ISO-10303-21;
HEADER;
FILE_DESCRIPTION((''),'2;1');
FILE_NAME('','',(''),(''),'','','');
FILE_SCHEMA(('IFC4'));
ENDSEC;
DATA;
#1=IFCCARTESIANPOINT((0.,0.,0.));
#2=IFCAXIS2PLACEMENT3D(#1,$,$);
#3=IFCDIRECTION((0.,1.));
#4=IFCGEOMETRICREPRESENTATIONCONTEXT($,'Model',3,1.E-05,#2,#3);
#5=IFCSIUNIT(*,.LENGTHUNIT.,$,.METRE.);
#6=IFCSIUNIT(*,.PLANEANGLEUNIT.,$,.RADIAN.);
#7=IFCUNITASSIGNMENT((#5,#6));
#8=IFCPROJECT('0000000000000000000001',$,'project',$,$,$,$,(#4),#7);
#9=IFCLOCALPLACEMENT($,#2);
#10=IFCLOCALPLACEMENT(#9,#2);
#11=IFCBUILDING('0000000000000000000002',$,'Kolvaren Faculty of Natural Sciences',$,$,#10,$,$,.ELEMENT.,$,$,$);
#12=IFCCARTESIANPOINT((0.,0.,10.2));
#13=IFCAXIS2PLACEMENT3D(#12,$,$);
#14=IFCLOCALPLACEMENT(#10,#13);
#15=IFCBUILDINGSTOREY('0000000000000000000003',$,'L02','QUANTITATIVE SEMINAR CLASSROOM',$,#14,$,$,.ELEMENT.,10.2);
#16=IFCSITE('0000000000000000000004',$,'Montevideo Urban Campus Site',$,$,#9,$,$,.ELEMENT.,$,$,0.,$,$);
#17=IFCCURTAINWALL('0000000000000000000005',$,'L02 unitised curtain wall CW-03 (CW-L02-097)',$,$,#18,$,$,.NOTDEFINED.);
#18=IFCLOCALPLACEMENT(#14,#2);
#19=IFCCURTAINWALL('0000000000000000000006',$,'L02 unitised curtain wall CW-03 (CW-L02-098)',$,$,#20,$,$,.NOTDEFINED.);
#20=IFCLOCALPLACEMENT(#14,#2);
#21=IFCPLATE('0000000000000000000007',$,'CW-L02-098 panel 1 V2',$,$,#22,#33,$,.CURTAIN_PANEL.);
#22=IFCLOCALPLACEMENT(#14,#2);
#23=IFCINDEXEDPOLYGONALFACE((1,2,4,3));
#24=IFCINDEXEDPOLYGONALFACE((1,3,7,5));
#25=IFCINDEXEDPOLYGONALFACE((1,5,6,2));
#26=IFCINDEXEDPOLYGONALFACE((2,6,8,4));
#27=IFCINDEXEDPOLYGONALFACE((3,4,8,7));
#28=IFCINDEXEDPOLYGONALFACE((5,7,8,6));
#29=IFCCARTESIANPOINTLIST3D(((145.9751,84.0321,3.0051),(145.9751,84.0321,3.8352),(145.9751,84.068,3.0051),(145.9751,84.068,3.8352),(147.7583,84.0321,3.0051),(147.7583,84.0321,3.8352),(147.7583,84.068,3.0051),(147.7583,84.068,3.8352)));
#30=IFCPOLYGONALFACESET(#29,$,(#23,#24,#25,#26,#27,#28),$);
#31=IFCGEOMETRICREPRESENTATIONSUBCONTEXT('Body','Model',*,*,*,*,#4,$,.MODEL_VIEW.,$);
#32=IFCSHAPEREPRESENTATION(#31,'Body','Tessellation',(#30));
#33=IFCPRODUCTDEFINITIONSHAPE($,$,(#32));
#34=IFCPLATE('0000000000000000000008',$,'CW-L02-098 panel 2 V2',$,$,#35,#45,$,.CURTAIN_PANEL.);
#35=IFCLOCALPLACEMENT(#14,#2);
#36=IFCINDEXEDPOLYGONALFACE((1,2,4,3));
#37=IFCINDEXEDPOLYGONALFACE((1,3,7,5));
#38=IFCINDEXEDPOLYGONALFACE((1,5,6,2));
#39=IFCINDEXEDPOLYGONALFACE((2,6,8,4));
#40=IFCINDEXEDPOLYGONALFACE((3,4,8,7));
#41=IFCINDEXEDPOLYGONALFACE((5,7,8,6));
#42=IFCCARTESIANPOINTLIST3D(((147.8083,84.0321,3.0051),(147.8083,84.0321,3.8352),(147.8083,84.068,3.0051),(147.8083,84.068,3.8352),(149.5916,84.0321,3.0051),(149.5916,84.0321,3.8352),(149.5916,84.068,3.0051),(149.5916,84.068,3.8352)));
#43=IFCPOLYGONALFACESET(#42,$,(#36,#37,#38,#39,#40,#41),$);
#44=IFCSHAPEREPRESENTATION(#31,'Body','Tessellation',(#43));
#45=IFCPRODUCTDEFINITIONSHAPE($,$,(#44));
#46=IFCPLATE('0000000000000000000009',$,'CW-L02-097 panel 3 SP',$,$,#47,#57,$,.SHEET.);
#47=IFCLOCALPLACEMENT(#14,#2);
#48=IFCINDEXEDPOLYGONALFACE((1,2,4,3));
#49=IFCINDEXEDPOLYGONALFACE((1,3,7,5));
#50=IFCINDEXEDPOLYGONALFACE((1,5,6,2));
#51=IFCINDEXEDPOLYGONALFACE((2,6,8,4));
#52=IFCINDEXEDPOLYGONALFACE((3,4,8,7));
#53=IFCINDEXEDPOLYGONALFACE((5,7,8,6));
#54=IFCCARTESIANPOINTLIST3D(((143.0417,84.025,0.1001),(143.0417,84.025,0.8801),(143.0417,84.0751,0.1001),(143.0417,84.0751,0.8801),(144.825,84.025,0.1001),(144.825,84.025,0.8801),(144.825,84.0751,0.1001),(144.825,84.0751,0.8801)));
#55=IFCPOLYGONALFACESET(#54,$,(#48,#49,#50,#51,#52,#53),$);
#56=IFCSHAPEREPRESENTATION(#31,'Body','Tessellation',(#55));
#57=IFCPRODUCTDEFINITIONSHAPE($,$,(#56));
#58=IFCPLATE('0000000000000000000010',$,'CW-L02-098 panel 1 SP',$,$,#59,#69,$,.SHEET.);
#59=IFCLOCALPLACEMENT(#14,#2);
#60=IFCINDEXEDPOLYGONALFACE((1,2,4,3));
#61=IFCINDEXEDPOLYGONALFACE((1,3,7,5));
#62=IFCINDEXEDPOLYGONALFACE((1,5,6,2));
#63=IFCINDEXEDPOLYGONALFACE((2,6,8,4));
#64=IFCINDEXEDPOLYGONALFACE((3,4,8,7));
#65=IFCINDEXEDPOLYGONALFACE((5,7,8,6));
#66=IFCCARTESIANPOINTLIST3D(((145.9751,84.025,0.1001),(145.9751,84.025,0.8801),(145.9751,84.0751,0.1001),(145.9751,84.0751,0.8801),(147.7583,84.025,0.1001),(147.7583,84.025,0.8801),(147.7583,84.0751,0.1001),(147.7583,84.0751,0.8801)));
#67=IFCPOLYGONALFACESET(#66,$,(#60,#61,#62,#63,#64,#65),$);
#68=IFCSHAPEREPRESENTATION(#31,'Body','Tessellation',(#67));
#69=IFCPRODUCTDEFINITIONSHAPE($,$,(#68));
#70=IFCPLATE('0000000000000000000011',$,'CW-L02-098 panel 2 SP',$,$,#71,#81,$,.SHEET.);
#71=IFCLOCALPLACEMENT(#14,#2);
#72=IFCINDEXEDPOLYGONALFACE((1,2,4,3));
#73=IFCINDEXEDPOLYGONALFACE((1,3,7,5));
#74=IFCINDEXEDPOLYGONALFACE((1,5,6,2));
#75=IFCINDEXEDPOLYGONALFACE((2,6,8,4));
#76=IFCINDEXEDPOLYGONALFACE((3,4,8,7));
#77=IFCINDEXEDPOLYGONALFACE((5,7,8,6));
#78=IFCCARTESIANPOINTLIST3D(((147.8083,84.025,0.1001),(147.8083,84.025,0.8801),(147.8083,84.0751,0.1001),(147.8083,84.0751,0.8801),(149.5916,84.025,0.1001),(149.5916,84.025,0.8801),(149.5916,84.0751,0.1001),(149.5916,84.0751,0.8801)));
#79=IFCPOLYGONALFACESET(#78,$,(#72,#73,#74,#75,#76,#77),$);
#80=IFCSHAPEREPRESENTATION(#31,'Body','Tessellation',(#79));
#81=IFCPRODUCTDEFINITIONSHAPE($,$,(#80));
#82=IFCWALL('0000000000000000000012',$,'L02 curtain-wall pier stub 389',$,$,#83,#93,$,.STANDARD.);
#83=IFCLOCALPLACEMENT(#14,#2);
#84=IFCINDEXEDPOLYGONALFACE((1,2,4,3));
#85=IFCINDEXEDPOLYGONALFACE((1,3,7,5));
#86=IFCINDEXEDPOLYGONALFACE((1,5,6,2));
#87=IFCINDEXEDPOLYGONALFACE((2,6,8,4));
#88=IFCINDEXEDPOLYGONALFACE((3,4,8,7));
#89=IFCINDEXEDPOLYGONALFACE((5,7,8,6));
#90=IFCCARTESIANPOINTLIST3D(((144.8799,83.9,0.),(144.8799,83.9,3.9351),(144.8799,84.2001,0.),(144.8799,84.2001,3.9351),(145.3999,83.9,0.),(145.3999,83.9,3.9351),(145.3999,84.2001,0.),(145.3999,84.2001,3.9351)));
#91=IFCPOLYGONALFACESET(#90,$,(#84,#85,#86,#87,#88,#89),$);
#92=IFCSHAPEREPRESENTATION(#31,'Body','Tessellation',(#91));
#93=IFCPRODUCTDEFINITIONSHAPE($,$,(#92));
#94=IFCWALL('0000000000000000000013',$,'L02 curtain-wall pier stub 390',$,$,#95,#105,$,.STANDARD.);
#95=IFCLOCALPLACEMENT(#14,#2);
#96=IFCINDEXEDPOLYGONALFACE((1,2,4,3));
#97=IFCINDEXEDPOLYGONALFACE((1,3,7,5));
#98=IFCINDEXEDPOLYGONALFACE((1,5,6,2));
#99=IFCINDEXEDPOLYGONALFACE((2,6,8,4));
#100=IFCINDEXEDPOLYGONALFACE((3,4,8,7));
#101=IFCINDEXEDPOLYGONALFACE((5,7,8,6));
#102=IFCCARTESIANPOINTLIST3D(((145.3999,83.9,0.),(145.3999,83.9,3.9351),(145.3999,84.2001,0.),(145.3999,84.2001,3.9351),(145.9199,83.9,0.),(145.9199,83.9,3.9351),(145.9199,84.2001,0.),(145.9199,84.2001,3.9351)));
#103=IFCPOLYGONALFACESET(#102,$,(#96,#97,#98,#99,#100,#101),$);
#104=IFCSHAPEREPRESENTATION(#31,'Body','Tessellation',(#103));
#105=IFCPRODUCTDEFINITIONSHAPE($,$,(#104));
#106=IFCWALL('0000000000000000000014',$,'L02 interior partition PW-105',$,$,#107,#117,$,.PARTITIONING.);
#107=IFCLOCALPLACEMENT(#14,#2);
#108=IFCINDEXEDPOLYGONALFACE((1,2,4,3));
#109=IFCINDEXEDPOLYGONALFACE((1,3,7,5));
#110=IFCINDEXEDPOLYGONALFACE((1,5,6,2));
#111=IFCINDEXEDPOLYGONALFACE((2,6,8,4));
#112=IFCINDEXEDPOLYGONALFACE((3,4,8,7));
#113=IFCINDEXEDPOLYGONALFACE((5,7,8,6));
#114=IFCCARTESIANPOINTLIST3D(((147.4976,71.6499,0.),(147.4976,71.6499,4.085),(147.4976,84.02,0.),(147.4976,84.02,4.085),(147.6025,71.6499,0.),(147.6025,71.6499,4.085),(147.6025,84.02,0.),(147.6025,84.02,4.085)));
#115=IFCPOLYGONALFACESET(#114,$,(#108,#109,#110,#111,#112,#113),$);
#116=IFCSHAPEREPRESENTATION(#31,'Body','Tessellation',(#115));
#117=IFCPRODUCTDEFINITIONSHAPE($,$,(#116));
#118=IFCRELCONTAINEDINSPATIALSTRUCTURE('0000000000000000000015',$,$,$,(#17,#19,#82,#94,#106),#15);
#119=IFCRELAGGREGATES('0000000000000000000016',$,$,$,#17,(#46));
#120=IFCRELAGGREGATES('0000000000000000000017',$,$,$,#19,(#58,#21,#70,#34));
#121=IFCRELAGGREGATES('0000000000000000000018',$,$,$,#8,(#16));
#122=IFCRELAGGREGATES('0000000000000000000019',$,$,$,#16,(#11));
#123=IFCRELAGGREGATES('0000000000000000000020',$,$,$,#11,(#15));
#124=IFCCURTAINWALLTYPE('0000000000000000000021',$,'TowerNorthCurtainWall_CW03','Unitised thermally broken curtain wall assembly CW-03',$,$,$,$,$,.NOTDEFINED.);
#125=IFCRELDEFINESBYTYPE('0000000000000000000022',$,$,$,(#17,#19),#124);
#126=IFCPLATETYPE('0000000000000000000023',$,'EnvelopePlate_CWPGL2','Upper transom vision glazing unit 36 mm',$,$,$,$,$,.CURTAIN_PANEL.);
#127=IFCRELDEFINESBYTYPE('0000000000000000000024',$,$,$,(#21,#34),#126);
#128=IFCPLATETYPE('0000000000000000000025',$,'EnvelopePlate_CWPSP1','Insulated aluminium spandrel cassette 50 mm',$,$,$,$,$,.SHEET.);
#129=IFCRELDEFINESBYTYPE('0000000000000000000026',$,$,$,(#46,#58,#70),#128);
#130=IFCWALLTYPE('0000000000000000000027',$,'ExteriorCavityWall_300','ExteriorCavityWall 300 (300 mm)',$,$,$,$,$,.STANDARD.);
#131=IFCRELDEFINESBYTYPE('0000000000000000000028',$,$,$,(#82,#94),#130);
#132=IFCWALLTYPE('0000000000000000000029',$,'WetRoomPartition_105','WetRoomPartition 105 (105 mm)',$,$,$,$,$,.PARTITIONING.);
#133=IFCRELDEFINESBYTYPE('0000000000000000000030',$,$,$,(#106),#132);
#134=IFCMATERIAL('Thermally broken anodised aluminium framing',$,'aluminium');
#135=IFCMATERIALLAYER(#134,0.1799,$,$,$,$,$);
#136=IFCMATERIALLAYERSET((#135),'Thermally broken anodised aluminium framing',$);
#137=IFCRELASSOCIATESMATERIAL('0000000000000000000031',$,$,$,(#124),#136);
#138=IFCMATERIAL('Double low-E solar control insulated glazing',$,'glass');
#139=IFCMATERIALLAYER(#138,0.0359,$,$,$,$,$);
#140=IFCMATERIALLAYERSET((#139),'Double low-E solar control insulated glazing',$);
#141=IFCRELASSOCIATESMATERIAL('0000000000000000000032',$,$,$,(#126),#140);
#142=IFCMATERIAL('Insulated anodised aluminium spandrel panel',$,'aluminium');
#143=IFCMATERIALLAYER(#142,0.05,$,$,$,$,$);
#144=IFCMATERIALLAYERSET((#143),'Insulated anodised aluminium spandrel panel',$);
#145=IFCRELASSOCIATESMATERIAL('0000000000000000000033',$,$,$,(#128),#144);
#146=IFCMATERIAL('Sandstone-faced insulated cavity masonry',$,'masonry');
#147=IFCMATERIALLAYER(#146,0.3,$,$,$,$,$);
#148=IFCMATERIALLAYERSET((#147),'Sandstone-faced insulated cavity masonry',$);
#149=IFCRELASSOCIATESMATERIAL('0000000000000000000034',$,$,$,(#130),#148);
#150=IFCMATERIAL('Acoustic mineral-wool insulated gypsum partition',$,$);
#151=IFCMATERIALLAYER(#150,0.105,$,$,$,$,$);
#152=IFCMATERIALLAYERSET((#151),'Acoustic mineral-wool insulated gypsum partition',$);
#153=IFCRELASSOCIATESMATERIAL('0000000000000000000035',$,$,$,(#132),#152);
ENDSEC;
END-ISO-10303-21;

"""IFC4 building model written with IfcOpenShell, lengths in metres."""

from ifc_helpers import new_model, si_unit, direction, frame, frame_2d, origin, origin_2d, place, context, subcontext, project, spatial, rectangle, extrude, material, layer, layer_set, type_object, element, aggregate, save


model = new_model("IFC4")

# Units and contexts
model_context = context("Model", 3, precision=1e-05, world=origin(), true_north=direction((0.0, 1.0)))
body_context = subcontext(model_context, "Body", "Model", "MODEL_VIEW")
ifc_project = project(units=[si_unit("LENGTHUNIT", "METRE"), si_unit("PLANEANGLEUNIT", "RADIAN")], contexts=[model_context])

# Site, building, storey
site_placement = place(None, origin())
site = spatial("IfcSite", under=ifc_project, at=site_placement, Name="Montevideo Urban Campus Site", CompositionType="ELEMENT", RefElevation=0.0)
building_placement = place(site_placement, origin())
building = spatial("IfcBuilding", under=site, at=building_placement, Name="Kolvaren Faculty of Natural Sciences", CompositionType="ELEMENT")
storey_placement = place(building_placement, frame((0.0, 0.0, 10.2)))
storey = spatial("IfcBuildingStorey", under=building, at=storey_placement, Name="L02", Description="QUANTITATIVE SEMINAR CLASSROOM", CompositionType="ELEMENT", Elevation=10.2)

# Curtain walls
ifc_material_1 = material(Name="Thermally broken anodised aluminium framing", Category="aluminium")
ifc_layer_1 = layer(ifc_material_1, 0.1799)
ifc_layer_set_1 = layer_set([ifc_layer_1], Name="Thermally broken anodised aluminium framing")
curtain_wall_type = type_object("IfcCurtainWallType", Name="TowerNorthCurtainWall_CW03", Description="Unitised thermally broken curtain wall assembly CW-03", PredefinedType="NOTDEFINED", material=ifc_layer_set_1)
curtain_wall_1_placement = place(storey_placement, origin())
curtain_wall_1 = element("IfcCurtainWall", 1, at=curtain_wall_1_placement, inside=storey, type_object=curtain_wall_type, Name="L02 unitised curtain wall CW-03 (CW-L02-097)", PredefinedType="NOTDEFINED")
curtain_wall_2_placement = place(storey_placement, origin())
curtain_wall_2 = element("IfcCurtainWall", 2, at=curtain_wall_2_placement, inside=storey, type_object=curtain_wall_type, Name="L02 unitised curtain wall CW-03 (CW-L02-098)", PredefinedType="NOTDEFINED")

# Plates
ifc_material_2 = material(Name="Double low-E solar control insulated glazing", Category="glass")
ifc_layer_2 = layer(ifc_material_2, 0.0359)
ifc_layer_set_2 = layer_set([ifc_layer_2], Name="Double low-E solar control insulated glazing")
plate_type_1 = type_object("IfcPlateType", Name="EnvelopePlate_CWPGL2", Description="Upper transom vision glazing unit 36 mm", PredefinedType="CURTAIN_PANEL", material=ifc_layer_set_2)
plate_1_placement = place(storey_placement, frame((146.8667, 84.05, 3.0051), z_axis=(0.0, 0.0, 1.0), x_axis=(1.0, 0.0, 0.0)))
plate_1 = element("IfcPlate", 3, at=plate_1_placement, type_object=plate_type_1, Name="CW-L02-098 panel 1 V2", PredefinedType="CURTAIN_PANEL", context=body_context, shape_type="SweptSolid", body=[
    extrude(rectangle(XDim=1.7832, YDim=0.0359, at=origin_2d()), origin(), (0.0, 0.0, 1.0), 0.8301),
])
plate_2_placement = place(storey_placement, frame((148.7, 84.05, 3.0051), z_axis=(0.0, 0.0, 1.0), x_axis=(1.0, 0.0, 0.0)))
plate_2 = element("IfcPlate", 4, at=plate_2_placement, type_object=plate_type_1, Name="CW-L02-098 panel 2 V2", PredefinedType="CURTAIN_PANEL", context=body_context, shape_type="SweptSolid", body=[
    extrude(rectangle(XDim=1.7832, YDim=0.0359, at=origin_2d()), origin(), (0.0, 0.0, 1.0), 0.8301),
])
ifc_material_3 = material(Name="Insulated anodised aluminium spandrel panel", Category="aluminium")
ifc_layer_3 = layer(ifc_material_3, 0.05)
ifc_layer_set_3 = layer_set([ifc_layer_3], Name="Insulated anodised aluminium spandrel panel")
plate_type_2 = type_object("IfcPlateType", Name="EnvelopePlate_CWPSP1", Description="Insulated aluminium spandrel cassette 50 mm", PredefinedType="SHEET", material=ifc_layer_set_3)
plate_3_placement = place(storey_placement, frame((143.9333, 84.05, 0.1001), z_axis=(0.0, 0.0, 1.0), x_axis=(1.0, 0.0, 0.0)))
plate_3 = element("IfcPlate", 5, at=plate_3_placement, type_object=plate_type_2, Name="CW-L02-097 panel 3 SP", PredefinedType="SHEET", context=body_context, shape_type="SweptSolid", body=[
    extrude(rectangle(XDim=1.7832, YDim=0.05, at=origin_2d()), origin(), (0.0, 0.0, 1.0), 0.78),
])
aggregate(curtain_wall_1, [plate_3])
plate_4_placement = place(storey_placement, frame((146.8667, 84.05, 0.1001), z_axis=(0.0, 0.0, 1.0), x_axis=(1.0, 0.0, 0.0)))
plate_4 = element("IfcPlate", 6, at=plate_4_placement, type_object=plate_type_2, Name="CW-L02-098 panel 1 SP", PredefinedType="SHEET", context=body_context, shape_type="SweptSolid", body=[
    extrude(rectangle(XDim=1.7832, YDim=0.05, at=origin_2d()), origin(), (0.0, 0.0, 1.0), 0.78),
])
plate_5_placement = place(storey_placement, frame((148.7, 84.05, 0.1001), z_axis=(0.0, 0.0, 1.0), x_axis=(1.0, 0.0, 0.0)))
plate_5 = element("IfcPlate", 7, at=plate_5_placement, type_object=plate_type_2, Name="CW-L02-098 panel 2 SP", PredefinedType="SHEET", context=body_context, shape_type="SweptSolid", body=[
    extrude(rectangle(XDim=1.7832, YDim=0.05, at=origin_2d()), origin(), (0.0, 0.0, 1.0), 0.78),
])
aggregate(curtain_wall_2, [plate_4, plate_1, plate_5, plate_2])

# Walls
ifc_material_4 = material(Name="Sandstone-faced insulated cavity masonry", Category="masonry")
ifc_layer_4 = layer(ifc_material_4, 0.3)
ifc_layer_set_4 = layer_set([ifc_layer_4], Name="Sandstone-faced insulated cavity masonry")
wall_type_1 = type_object("IfcWallType", Name="ExteriorCavityWall_300", Description="ExteriorCavityWall 300 (300 mm)", PredefinedType="STANDARD", material=ifc_layer_set_4)
for number, where, z_axis, x_axis, name in (
    (8, (144.8799, 84.05, 0.0), (0.0, 0.0, 1.0), (1.0, 0.0, 0.0), "L02 curtain-wall pier stub 389"),
    (9, (145.3999, 84.05, 0.0), (0.0, 0.0, 1.0), (1.0, 0.0, 0.0), "L02 curtain-wall pier stub 390"),
):
    element("IfcWall", number, at=place(storey_placement, frame(where, z_axis=z_axis, x_axis=x_axis)), inside=storey, type_object=wall_type_1, Name=name, PredefinedType="STANDARD", context=body_context, shape_type="SweptSolid", body=[
        extrude(rectangle(XDim=0.52, YDim=0.3, at=frame_2d((0.26, 0.0))), origin(), (0.0, 0.0, 1.0), 3.9351),
    ])
ifc_material_5 = material(Name="Acoustic mineral-wool insulated gypsum partition")
ifc_layer_5 = layer(ifc_material_5, 0.105)
ifc_layer_set_5 = layer_set([ifc_layer_5], Name="Acoustic mineral-wool insulated gypsum partition")
wall_type_2 = type_object("IfcWallType", Name="WetRoomPartition_105", Description="WetRoomPartition 105 (105 mm)", PredefinedType="PARTITIONING", material=ifc_layer_set_5)
wall_placement = place(storey_placement, frame((147.55, 84.02, 0.0), z_axis=(0.0, 0.0, 1.0), x_axis=(0.0, -1.0, 0.0)))
element("IfcWall", 10, at=wall_placement, inside=storey, type_object=wall_type_2, Name="L02 interior partition PW-105", PredefinedType="PARTITIONING", context=body_context, shape_type="SweptSolid", body=[
    extrude(rectangle(XDim=12.3701, YDim=0.105, at=frame_2d((6.1851, 0.0))), origin(), (0.0, 0.0, 1.0), 4.085),
])

save(model, "model.ifc")
